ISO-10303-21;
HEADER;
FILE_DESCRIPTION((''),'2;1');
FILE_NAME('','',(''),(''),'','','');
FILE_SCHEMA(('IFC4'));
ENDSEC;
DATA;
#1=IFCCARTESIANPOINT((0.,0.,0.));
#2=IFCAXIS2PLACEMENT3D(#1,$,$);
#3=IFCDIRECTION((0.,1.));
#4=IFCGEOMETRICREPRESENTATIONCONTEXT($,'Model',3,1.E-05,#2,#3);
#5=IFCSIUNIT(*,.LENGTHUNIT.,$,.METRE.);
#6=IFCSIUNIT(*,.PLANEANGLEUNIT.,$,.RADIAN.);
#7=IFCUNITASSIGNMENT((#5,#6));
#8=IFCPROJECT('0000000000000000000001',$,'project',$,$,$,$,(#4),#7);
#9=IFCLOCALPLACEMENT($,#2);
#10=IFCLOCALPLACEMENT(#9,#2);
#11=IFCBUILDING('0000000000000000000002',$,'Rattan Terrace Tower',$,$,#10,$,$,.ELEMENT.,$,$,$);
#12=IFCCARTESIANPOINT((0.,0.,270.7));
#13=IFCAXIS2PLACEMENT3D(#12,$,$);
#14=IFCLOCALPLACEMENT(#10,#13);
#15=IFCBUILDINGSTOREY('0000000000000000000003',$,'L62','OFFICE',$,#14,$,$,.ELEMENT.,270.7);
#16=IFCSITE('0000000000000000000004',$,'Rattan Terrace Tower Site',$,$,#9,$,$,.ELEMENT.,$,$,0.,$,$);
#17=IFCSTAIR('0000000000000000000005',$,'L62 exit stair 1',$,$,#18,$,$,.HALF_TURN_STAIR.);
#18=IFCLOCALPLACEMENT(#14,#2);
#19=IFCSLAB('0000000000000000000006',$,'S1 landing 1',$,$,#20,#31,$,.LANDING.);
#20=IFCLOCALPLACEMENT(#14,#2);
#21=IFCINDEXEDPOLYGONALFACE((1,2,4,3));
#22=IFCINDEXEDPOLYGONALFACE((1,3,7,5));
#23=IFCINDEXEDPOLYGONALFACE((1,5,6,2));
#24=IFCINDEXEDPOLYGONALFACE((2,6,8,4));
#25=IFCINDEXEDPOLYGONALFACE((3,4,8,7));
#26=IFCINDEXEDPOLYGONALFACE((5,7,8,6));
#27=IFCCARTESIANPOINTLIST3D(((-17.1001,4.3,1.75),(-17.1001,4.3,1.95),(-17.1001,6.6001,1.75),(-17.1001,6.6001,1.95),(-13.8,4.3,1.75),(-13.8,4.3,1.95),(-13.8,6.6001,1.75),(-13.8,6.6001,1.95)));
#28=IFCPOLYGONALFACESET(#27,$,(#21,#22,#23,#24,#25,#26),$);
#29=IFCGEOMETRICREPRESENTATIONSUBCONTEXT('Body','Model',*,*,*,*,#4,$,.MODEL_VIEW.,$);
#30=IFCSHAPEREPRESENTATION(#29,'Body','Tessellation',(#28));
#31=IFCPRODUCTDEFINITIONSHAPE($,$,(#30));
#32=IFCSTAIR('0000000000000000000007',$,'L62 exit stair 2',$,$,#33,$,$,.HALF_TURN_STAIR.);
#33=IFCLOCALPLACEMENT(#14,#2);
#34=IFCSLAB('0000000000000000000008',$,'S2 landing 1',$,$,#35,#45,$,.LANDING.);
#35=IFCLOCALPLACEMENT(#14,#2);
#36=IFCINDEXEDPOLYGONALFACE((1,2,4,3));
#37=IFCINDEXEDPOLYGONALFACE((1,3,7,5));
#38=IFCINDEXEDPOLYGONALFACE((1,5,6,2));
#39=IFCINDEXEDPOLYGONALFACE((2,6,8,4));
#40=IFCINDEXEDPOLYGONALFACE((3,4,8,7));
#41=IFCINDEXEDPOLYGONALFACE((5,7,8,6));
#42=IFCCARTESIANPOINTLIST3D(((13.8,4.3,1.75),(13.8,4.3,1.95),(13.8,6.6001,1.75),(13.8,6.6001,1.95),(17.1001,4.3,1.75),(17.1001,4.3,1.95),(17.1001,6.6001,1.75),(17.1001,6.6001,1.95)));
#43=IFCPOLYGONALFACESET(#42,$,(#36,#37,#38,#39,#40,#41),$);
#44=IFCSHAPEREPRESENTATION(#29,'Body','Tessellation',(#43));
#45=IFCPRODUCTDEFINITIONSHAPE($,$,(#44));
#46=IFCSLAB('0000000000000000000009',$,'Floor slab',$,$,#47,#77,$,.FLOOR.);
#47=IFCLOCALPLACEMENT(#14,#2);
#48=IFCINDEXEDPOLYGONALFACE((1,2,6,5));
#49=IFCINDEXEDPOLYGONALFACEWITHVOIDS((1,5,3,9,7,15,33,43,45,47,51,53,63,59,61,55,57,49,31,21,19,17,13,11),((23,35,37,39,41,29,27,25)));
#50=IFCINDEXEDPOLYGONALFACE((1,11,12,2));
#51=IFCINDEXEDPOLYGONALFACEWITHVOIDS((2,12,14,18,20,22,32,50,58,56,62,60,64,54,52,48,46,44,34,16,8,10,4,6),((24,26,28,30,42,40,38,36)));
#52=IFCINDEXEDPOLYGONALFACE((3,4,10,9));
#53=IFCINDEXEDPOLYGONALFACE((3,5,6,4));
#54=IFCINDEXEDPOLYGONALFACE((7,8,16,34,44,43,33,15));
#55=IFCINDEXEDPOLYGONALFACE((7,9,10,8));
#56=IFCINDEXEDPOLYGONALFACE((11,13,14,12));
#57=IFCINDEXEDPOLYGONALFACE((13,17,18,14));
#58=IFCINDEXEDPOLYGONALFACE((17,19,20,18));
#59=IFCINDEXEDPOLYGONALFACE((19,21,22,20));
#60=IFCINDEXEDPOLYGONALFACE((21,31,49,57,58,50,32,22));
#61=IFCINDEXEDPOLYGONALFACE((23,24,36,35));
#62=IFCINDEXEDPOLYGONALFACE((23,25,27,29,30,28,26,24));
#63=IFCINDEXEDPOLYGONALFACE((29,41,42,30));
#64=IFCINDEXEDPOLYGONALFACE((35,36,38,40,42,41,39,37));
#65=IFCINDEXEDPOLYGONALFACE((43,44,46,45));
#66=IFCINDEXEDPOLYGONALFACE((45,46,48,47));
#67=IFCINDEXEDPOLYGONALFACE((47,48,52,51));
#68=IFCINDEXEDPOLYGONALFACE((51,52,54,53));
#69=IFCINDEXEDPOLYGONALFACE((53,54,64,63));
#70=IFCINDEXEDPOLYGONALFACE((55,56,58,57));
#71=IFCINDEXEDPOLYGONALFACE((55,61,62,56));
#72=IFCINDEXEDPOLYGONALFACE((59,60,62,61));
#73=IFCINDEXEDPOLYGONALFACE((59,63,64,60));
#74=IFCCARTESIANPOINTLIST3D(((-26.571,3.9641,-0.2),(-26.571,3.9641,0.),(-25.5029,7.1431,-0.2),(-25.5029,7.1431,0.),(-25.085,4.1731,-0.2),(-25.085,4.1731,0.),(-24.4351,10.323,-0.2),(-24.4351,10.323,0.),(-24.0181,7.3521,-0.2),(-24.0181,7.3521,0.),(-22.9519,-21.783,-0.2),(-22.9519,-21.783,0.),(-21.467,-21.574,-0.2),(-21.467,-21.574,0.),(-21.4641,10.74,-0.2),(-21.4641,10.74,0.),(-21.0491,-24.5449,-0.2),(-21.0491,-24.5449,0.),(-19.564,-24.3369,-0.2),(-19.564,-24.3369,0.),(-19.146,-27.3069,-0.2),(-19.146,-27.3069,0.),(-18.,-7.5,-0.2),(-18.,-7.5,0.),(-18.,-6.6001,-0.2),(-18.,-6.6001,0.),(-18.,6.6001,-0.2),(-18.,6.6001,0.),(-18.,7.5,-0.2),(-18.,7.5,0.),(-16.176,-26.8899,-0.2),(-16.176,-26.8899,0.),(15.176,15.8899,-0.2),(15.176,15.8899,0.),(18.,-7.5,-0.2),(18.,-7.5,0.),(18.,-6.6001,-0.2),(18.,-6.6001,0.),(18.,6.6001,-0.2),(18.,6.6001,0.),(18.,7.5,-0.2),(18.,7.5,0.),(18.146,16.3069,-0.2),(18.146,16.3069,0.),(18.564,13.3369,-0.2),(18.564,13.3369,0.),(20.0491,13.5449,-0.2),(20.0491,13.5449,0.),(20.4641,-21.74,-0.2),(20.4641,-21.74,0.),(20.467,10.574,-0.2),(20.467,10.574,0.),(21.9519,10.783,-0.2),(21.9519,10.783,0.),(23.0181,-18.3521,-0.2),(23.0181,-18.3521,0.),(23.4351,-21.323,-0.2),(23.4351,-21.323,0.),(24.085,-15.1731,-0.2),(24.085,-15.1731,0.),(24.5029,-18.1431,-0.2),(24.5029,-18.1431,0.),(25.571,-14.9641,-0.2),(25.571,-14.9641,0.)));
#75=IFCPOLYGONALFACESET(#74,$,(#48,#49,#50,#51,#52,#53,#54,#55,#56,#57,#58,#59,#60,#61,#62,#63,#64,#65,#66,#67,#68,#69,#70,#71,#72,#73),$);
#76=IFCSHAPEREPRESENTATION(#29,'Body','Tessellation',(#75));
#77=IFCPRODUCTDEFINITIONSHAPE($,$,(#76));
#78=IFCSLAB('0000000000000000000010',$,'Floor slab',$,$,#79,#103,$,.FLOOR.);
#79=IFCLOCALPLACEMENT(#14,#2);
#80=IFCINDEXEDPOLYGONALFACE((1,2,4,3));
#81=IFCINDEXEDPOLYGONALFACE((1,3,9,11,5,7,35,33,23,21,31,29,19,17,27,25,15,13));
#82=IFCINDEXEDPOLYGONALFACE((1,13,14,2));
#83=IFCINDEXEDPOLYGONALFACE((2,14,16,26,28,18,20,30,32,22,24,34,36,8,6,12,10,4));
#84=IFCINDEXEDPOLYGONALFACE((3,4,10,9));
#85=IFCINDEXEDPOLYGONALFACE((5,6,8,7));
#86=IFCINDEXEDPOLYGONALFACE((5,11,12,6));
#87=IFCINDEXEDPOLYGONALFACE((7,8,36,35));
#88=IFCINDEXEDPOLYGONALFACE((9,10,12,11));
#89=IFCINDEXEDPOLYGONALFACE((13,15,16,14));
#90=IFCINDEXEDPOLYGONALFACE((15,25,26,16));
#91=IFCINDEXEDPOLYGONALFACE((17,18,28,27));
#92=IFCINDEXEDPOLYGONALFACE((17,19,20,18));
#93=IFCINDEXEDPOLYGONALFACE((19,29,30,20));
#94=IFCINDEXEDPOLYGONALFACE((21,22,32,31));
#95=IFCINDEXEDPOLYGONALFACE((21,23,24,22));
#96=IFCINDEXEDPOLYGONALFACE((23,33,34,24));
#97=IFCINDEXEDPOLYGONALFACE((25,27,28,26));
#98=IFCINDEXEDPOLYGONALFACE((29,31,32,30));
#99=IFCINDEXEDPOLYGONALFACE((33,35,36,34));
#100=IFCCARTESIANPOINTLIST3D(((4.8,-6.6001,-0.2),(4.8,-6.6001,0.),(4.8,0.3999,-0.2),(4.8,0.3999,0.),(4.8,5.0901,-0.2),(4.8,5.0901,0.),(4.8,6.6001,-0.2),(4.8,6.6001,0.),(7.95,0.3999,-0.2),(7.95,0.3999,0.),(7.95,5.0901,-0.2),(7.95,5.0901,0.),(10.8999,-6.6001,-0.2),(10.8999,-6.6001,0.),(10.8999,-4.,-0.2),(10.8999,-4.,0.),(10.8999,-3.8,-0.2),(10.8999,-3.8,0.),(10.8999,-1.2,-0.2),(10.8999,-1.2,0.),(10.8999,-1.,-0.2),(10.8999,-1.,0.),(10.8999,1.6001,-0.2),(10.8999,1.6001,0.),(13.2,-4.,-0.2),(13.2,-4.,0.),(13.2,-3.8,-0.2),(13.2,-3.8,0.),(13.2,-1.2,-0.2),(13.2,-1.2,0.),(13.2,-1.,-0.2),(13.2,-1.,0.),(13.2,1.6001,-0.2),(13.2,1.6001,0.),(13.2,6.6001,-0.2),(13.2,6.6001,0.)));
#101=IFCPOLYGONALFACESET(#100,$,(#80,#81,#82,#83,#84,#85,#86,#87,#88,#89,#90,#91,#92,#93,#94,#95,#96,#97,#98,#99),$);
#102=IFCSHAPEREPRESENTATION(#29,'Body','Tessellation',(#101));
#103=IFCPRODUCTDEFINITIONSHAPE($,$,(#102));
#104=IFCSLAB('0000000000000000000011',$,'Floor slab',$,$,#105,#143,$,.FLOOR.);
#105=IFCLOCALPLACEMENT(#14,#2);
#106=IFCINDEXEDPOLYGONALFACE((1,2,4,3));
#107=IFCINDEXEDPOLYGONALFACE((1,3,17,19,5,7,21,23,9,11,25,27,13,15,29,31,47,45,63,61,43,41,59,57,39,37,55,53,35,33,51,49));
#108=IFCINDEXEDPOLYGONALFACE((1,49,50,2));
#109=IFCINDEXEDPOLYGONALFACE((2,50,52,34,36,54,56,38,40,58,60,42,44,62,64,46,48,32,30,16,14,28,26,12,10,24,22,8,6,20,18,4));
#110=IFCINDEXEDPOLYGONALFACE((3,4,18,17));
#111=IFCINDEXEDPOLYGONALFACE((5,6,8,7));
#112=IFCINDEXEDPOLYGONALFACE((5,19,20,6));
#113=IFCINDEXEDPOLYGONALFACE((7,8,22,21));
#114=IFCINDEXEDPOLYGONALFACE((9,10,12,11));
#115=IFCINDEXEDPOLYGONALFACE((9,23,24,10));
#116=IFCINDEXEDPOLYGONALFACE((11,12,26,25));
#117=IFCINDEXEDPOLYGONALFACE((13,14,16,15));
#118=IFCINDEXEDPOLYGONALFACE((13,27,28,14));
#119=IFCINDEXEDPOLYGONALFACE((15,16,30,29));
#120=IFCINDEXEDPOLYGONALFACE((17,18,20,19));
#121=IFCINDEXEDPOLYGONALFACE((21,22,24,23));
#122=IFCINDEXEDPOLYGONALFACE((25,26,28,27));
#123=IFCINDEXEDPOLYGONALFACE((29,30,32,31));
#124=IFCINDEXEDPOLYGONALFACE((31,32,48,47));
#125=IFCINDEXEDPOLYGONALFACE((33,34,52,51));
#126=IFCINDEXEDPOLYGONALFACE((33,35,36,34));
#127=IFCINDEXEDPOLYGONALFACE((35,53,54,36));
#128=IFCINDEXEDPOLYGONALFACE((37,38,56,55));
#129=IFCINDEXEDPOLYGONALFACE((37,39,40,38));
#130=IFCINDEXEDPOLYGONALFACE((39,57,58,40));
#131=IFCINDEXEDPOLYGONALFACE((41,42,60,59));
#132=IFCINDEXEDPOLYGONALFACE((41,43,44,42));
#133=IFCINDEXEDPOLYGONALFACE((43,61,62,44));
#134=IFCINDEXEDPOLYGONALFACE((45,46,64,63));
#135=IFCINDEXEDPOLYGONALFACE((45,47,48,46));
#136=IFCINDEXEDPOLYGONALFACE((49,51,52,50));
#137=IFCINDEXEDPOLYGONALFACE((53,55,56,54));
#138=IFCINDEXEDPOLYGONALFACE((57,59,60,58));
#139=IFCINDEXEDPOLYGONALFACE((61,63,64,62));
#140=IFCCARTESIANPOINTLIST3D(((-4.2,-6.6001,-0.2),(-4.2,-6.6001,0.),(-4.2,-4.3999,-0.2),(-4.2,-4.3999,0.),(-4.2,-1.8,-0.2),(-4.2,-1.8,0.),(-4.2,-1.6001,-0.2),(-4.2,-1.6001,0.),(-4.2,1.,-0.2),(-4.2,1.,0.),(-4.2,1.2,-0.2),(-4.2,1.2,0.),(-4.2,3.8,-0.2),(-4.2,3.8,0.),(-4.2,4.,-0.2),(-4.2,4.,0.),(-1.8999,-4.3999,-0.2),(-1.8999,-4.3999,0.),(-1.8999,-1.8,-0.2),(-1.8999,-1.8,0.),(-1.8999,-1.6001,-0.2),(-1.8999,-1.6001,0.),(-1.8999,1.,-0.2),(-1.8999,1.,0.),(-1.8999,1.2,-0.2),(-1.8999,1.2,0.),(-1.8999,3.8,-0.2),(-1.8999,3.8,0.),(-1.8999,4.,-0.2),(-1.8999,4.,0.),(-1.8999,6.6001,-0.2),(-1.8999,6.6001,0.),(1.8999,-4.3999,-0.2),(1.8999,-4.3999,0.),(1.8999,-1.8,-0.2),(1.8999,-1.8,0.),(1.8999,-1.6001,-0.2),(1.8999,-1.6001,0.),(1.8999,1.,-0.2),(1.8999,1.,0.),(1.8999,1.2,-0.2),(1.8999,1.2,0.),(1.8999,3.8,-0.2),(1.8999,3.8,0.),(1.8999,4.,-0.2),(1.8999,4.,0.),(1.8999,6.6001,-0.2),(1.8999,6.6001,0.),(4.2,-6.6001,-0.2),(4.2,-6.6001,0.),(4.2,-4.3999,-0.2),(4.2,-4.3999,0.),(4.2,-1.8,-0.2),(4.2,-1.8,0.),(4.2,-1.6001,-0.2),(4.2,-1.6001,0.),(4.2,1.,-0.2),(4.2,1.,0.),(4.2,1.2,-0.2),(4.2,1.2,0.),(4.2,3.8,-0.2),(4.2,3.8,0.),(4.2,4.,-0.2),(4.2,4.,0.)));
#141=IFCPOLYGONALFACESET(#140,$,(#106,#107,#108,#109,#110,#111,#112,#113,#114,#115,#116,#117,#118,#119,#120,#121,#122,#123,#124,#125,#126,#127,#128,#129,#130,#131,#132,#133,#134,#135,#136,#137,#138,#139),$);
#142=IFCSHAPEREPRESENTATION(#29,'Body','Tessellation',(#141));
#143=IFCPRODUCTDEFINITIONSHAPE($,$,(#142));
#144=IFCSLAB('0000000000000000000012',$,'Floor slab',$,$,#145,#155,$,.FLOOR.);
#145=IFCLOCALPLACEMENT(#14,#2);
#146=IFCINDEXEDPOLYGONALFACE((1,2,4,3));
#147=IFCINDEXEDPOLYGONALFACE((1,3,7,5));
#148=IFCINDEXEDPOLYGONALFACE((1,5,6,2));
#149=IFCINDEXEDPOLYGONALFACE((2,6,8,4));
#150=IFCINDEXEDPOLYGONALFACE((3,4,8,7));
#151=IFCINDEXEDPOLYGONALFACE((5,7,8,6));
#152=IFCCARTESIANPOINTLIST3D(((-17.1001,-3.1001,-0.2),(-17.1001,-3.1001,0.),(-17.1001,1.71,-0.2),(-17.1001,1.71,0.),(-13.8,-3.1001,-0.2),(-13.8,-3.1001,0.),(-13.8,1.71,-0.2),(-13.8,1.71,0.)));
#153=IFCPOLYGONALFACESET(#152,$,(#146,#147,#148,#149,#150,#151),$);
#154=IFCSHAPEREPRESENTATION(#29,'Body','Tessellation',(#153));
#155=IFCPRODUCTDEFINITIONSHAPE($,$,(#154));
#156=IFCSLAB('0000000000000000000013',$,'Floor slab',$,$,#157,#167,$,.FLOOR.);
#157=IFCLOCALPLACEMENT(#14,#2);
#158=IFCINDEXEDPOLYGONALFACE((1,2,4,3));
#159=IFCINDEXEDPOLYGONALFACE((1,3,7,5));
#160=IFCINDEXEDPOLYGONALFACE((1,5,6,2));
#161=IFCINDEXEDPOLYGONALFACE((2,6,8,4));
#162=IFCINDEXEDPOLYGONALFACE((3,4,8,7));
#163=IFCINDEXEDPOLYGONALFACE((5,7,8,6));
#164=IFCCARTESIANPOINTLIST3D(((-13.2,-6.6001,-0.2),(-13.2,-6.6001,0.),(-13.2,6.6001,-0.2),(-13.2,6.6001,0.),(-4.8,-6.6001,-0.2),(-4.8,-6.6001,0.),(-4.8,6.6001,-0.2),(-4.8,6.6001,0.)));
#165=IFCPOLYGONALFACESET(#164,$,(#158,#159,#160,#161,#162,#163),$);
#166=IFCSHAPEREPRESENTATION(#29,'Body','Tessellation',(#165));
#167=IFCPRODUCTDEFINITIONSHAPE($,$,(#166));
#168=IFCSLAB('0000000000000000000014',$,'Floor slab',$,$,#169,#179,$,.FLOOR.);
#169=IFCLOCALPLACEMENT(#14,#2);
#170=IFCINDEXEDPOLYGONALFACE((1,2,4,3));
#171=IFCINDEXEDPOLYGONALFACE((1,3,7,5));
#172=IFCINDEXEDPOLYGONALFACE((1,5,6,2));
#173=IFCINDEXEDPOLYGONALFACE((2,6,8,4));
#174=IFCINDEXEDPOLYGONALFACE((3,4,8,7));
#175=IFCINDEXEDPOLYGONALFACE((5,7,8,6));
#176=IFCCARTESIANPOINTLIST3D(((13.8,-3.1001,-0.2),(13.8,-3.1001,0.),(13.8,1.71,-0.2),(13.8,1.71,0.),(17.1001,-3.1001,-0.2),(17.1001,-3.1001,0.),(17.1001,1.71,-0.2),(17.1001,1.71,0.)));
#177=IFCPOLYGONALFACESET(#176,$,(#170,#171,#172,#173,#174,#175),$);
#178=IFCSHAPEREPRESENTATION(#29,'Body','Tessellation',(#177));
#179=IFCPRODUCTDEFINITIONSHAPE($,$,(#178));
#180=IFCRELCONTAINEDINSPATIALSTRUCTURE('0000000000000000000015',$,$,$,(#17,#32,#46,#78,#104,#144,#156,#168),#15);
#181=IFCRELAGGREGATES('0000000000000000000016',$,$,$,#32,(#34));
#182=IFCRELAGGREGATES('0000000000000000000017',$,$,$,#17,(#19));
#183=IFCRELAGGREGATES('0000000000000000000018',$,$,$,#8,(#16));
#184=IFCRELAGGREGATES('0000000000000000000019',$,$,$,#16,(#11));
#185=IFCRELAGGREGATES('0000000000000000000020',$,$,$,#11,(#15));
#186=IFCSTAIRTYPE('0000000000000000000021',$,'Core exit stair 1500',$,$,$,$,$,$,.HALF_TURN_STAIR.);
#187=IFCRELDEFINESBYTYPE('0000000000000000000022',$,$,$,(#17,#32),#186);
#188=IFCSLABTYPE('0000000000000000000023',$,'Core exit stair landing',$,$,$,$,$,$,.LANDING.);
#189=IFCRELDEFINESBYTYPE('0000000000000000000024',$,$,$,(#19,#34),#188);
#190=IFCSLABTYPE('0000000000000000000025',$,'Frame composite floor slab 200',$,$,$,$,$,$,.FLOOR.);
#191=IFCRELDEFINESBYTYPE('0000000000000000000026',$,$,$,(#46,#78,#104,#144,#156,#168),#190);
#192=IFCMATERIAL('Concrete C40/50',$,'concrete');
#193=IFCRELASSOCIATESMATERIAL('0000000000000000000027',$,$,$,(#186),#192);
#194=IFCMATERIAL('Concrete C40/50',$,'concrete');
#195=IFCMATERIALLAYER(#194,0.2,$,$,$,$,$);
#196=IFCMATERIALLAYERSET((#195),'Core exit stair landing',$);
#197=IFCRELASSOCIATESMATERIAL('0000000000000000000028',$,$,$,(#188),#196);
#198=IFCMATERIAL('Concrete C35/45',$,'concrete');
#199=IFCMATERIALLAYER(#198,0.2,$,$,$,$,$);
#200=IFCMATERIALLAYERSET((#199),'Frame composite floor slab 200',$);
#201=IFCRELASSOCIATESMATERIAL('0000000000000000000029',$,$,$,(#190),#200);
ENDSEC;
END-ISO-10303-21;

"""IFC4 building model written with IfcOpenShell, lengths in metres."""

from ifc_helpers import new_model, si_unit, direction, frame, origin, place, context, subcontext, project, spatial, polyline, outline, extrude, material, layer, layer_set, type_object, element, aggregate, save


model = new_model("IFC4")

# Units and contexts
model_context = context("Model", 3, precision=1e-05, world=origin(), true_north=direction((0.0, 1.0)))
body_context = subcontext(model_context, "Body", "Model", "MODEL_VIEW")
ifc_project = project(units=[si_unit("LENGTHUNIT", "METRE"), si_unit("PLANEANGLEUNIT", "RADIAN")], contexts=[model_context])

# Site, building, storey
site_placement = place(None, origin())
site = spatial("IfcSite", under=ifc_project, at=site_placement, Name="Rattan Terrace Tower Site", CompositionType="ELEMENT", RefElevation=0.0)
building_placement = place(site_placement, origin())
building = spatial("IfcBuilding", under=site, at=building_placement, Name="Rattan Terrace Tower", CompositionType="ELEMENT")
storey_placement = place(building_placement, frame((0.0, 0.0, 270.7)))
storey = spatial("IfcBuildingStorey", under=building, at=storey_placement, Name="L62", Description="OFFICE", CompositionType="ELEMENT", Elevation=270.7)

# Stairs, slabs
ifc_material_1 = material(Name="Concrete C40/50", Category="concrete")
stair_type = type_object("IfcStairType", Name="Core exit stair 1500", PredefinedType="HALF_TURN_STAIR", material=ifc_material_1)
stair_1_placement = place(storey_placement, origin())
stair_1 = element("IfcStair", 1, at=stair_1_placement, inside=storey, type_object=stair_type, Name="L62 exit stair 1", PredefinedType="HALF_TURN_STAIR")
ifc_material_2 = material(Name="Concrete C40/50", Category="concrete")
ifc_layer_1 = layer(ifc_material_2, 0.2)
ifc_layer_set_1 = layer_set([ifc_layer_1], Name="Core exit stair landing")
slab_type_1 = type_object("IfcSlabType", Name="Core exit stair landing", PredefinedType="LANDING", material=ifc_layer_set_1)
slab_1_placement = place(storey_placement, frame((0.0, 0.0, 1.75)))
slab_1 = element("IfcSlab", 2, at=slab_1_placement, type_object=slab_type_1, Name="S1 landing 1", PredefinedType="LANDING", context=body_context, shape_type="SweptSolid", body=[
    extrude(outline(polyline([(-13.8, 4.3), (-13.8, 6.6001), (-17.1001, 6.6001), (-17.1001, 4.3), (-13.8, 4.3)])), origin(), (0.0, 0.0, 1.0), 0.2),
])
stair_2_placement = place(storey_placement, origin())
stair_2 = element("IfcStair", 3, at=stair_2_placement, inside=storey, type_object=stair_type, Name="L62 exit stair 2", PredefinedType="HALF_TURN_STAIR")
slab_2_placement = place(storey_placement, frame((0.0, 0.0, 1.75)))
slab_2 = element("IfcSlab", 4, at=slab_2_placement, type_object=slab_type_1, Name="S2 landing 1", PredefinedType="LANDING", context=body_context, shape_type="SweptSolid", body=[
    extrude(outline(polyline([(17.1001, 4.3), (17.1001, 6.6001), (13.8, 6.6001), (13.8, 4.3), (17.1001, 4.3)])), origin(), (0.0, 0.0, 1.0), 0.2),
])
aggregate(stair_2, [slab_2])

# Slabs
ifc_material_3 = material(Name="Concrete C35/45", Category="concrete")
ifc_layer_2 = layer(ifc_material_3, 0.2)
ifc_layer_set_2 = layer_set([ifc_layer_2], Name="Frame composite floor slab 200")
slab_type_2 = type_object("IfcSlabType", Name="Frame composite floor slab 200", PredefinedType="FLOOR", material=ifc_layer_set_2)
slab_3_placement = place(storey_placement, frame((0.0, 0.0, -0.2)))
element("IfcSlab", 5, at=slab_3_placement, inside=storey, type_object=slab_type_2, Name="Floor slab", PredefinedType="FLOOR", context=body_context, shape_type="SweptSolid", body=[
    extrude(outline(polyline([(-16.176, -26.8899), (20.4641, -21.74), (23.4351, -21.323), (23.0181, -18.3521), (24.5029, -18.1431), (24.085, -15.1731), (25.571, -14.9641), (21.9519, 10.783), (20.467, 10.574), (20.0491, 13.5449), (18.564, 13.3369), (18.146, 16.3069), (15.176, 15.8899), (-21.4641, 10.74), (-24.4351, 10.323), (-24.0181, 7.3521), (-25.5029, 7.1431), (-25.085, 4.1731), (-26.571, 3.9641), (-22.9519, -21.783), (-21.467, -21.574), (-21.0491, -24.5449), (-19.564, -24.3369), (-19.146, -27.3069), (-16.176, -26.8899)]), holes=[polyline([(-18.0, -7.5), (18.0, -7.5), (18.0, -6.6001), (18.0, 6.6001), (18.0, 7.5), (-18.0, 7.5), (-18.0, 6.6001), (-18.0, -6.6001), (-18.0, -7.5)])]), origin(), (0.0, 0.0, 1.0), 0.2),
])
slab_4_placement = place(storey_placement, frame((0.0, 0.0, -0.2)))
element("IfcSlab", 6, at=slab_4_placement, inside=storey, type_object=slab_type_2, Name="Floor slab", PredefinedType="FLOOR", context=body_context, shape_type="SweptSolid", body=[
    extrude(outline(polyline([(13.2, 6.6001), (4.8, 6.6001), (4.8, 5.0901), (7.95, 5.0901), (7.95, 0.3999), (4.8, 0.3999), (4.8, -6.6001), (10.8999, -6.6001), (10.8999, -4.0), (13.2, -4.0), (13.2, -3.8), (10.8999, -3.8), (10.8999, -1.2), (13.2, -1.2), (13.2, -1.0), (10.8999, -1.0), (10.8999, 1.6001), (13.2, 1.6001), (13.2, 6.6001)])), origin(), (0.0, 0.0, 1.0), 0.2),
])
slab_5_placement = place(storey_placement, frame((0.0, 0.0, -0.2)))
element("IfcSlab", 7, at=slab_5_placement, inside=storey, type_object=slab_type_2, Name="Floor slab", PredefinedType="FLOOR", context=body_context, shape_type="SweptSolid", body=[
    extrude(outline(polyline([(1.8999, 6.6001), (-1.8999, 6.6001), (-1.8999, 4.0), (-4.2, 4.0), (-4.2, 3.8), (-1.8999, 3.8), (-1.8999, 1.2), (-4.2, 1.2), (-4.2, 1.0), (-1.8999, 1.0), (-1.8999, -1.6001), (-4.2, -1.6001), (-4.2, -1.8), (-1.8999, -1.8), (-1.8999, -4.3999), (-4.2, -4.3999), (-4.2, -6.6001), (4.2, -6.6001), (4.2, -4.3999), (1.8999, -4.3999), (1.8999, -1.8), (4.2, -1.8), (4.2, -1.6001), (1.8999, -1.6001), (1.8999, 1.0), (4.2, 1.0), (4.2, 1.2), (1.8999, 1.2), (1.8999, 3.8), (4.2, 3.8), (4.2, 4.0), (1.8999, 4.0), (1.8999, 6.6001)])), origin(), (0.0, 0.0, 1.0), 0.2),
])
slab_6_placement = place(storey_placement, frame((0.0, 0.0, -0.2)))
element("IfcSlab", 8, at=slab_6_placement, inside=storey, type_object=slab_type_2, Name="Floor slab", PredefinedType="FLOOR", context=body_context, shape_type="SweptSolid", body=[
    extrude(outline(polyline([(-17.1001, -3.1001), (-13.8, -3.1001), (-13.8, 1.71), (-17.1001, 1.71), (-17.1001, -3.1001)])), origin(), (0.0, 0.0, 1.0), 0.2),
])
slab_7_placement = place(storey_placement, frame((0.0, 0.0, -0.2)))
element("IfcSlab", 9, at=slab_7_placement, inside=storey, type_object=slab_type_2, Name="Floor slab", PredefinedType="FLOOR", context=body_context, shape_type="SweptSolid", body=[
    extrude(outline(polyline([(-4.8, -6.6001), (-4.8, 6.6001), (-13.2, 6.6001), (-13.2, -6.6001), (-4.8, -6.6001)])), origin(), (0.0, 0.0, 1.0), 0.2),
])
slab_8_placement = place(storey_placement, frame((0.0, 0.0, -0.2)))
element("IfcSlab", 10, at=slab_8_placement, inside=storey, type_object=slab_type_2, Name="Floor slab", PredefinedType="FLOOR", context=body_context, shape_type="SweptSolid", body=[
    extrude(outline(polyline([(13.8, -3.1001), (17.1001, -3.1001), (17.1001, 1.71), (13.8, 1.71), (13.8, -3.1001)])), origin(), (0.0, 0.0, 1.0), 0.2),
])

aggregate(stair_1, [slab_1])

save(model, "model.ifc")
